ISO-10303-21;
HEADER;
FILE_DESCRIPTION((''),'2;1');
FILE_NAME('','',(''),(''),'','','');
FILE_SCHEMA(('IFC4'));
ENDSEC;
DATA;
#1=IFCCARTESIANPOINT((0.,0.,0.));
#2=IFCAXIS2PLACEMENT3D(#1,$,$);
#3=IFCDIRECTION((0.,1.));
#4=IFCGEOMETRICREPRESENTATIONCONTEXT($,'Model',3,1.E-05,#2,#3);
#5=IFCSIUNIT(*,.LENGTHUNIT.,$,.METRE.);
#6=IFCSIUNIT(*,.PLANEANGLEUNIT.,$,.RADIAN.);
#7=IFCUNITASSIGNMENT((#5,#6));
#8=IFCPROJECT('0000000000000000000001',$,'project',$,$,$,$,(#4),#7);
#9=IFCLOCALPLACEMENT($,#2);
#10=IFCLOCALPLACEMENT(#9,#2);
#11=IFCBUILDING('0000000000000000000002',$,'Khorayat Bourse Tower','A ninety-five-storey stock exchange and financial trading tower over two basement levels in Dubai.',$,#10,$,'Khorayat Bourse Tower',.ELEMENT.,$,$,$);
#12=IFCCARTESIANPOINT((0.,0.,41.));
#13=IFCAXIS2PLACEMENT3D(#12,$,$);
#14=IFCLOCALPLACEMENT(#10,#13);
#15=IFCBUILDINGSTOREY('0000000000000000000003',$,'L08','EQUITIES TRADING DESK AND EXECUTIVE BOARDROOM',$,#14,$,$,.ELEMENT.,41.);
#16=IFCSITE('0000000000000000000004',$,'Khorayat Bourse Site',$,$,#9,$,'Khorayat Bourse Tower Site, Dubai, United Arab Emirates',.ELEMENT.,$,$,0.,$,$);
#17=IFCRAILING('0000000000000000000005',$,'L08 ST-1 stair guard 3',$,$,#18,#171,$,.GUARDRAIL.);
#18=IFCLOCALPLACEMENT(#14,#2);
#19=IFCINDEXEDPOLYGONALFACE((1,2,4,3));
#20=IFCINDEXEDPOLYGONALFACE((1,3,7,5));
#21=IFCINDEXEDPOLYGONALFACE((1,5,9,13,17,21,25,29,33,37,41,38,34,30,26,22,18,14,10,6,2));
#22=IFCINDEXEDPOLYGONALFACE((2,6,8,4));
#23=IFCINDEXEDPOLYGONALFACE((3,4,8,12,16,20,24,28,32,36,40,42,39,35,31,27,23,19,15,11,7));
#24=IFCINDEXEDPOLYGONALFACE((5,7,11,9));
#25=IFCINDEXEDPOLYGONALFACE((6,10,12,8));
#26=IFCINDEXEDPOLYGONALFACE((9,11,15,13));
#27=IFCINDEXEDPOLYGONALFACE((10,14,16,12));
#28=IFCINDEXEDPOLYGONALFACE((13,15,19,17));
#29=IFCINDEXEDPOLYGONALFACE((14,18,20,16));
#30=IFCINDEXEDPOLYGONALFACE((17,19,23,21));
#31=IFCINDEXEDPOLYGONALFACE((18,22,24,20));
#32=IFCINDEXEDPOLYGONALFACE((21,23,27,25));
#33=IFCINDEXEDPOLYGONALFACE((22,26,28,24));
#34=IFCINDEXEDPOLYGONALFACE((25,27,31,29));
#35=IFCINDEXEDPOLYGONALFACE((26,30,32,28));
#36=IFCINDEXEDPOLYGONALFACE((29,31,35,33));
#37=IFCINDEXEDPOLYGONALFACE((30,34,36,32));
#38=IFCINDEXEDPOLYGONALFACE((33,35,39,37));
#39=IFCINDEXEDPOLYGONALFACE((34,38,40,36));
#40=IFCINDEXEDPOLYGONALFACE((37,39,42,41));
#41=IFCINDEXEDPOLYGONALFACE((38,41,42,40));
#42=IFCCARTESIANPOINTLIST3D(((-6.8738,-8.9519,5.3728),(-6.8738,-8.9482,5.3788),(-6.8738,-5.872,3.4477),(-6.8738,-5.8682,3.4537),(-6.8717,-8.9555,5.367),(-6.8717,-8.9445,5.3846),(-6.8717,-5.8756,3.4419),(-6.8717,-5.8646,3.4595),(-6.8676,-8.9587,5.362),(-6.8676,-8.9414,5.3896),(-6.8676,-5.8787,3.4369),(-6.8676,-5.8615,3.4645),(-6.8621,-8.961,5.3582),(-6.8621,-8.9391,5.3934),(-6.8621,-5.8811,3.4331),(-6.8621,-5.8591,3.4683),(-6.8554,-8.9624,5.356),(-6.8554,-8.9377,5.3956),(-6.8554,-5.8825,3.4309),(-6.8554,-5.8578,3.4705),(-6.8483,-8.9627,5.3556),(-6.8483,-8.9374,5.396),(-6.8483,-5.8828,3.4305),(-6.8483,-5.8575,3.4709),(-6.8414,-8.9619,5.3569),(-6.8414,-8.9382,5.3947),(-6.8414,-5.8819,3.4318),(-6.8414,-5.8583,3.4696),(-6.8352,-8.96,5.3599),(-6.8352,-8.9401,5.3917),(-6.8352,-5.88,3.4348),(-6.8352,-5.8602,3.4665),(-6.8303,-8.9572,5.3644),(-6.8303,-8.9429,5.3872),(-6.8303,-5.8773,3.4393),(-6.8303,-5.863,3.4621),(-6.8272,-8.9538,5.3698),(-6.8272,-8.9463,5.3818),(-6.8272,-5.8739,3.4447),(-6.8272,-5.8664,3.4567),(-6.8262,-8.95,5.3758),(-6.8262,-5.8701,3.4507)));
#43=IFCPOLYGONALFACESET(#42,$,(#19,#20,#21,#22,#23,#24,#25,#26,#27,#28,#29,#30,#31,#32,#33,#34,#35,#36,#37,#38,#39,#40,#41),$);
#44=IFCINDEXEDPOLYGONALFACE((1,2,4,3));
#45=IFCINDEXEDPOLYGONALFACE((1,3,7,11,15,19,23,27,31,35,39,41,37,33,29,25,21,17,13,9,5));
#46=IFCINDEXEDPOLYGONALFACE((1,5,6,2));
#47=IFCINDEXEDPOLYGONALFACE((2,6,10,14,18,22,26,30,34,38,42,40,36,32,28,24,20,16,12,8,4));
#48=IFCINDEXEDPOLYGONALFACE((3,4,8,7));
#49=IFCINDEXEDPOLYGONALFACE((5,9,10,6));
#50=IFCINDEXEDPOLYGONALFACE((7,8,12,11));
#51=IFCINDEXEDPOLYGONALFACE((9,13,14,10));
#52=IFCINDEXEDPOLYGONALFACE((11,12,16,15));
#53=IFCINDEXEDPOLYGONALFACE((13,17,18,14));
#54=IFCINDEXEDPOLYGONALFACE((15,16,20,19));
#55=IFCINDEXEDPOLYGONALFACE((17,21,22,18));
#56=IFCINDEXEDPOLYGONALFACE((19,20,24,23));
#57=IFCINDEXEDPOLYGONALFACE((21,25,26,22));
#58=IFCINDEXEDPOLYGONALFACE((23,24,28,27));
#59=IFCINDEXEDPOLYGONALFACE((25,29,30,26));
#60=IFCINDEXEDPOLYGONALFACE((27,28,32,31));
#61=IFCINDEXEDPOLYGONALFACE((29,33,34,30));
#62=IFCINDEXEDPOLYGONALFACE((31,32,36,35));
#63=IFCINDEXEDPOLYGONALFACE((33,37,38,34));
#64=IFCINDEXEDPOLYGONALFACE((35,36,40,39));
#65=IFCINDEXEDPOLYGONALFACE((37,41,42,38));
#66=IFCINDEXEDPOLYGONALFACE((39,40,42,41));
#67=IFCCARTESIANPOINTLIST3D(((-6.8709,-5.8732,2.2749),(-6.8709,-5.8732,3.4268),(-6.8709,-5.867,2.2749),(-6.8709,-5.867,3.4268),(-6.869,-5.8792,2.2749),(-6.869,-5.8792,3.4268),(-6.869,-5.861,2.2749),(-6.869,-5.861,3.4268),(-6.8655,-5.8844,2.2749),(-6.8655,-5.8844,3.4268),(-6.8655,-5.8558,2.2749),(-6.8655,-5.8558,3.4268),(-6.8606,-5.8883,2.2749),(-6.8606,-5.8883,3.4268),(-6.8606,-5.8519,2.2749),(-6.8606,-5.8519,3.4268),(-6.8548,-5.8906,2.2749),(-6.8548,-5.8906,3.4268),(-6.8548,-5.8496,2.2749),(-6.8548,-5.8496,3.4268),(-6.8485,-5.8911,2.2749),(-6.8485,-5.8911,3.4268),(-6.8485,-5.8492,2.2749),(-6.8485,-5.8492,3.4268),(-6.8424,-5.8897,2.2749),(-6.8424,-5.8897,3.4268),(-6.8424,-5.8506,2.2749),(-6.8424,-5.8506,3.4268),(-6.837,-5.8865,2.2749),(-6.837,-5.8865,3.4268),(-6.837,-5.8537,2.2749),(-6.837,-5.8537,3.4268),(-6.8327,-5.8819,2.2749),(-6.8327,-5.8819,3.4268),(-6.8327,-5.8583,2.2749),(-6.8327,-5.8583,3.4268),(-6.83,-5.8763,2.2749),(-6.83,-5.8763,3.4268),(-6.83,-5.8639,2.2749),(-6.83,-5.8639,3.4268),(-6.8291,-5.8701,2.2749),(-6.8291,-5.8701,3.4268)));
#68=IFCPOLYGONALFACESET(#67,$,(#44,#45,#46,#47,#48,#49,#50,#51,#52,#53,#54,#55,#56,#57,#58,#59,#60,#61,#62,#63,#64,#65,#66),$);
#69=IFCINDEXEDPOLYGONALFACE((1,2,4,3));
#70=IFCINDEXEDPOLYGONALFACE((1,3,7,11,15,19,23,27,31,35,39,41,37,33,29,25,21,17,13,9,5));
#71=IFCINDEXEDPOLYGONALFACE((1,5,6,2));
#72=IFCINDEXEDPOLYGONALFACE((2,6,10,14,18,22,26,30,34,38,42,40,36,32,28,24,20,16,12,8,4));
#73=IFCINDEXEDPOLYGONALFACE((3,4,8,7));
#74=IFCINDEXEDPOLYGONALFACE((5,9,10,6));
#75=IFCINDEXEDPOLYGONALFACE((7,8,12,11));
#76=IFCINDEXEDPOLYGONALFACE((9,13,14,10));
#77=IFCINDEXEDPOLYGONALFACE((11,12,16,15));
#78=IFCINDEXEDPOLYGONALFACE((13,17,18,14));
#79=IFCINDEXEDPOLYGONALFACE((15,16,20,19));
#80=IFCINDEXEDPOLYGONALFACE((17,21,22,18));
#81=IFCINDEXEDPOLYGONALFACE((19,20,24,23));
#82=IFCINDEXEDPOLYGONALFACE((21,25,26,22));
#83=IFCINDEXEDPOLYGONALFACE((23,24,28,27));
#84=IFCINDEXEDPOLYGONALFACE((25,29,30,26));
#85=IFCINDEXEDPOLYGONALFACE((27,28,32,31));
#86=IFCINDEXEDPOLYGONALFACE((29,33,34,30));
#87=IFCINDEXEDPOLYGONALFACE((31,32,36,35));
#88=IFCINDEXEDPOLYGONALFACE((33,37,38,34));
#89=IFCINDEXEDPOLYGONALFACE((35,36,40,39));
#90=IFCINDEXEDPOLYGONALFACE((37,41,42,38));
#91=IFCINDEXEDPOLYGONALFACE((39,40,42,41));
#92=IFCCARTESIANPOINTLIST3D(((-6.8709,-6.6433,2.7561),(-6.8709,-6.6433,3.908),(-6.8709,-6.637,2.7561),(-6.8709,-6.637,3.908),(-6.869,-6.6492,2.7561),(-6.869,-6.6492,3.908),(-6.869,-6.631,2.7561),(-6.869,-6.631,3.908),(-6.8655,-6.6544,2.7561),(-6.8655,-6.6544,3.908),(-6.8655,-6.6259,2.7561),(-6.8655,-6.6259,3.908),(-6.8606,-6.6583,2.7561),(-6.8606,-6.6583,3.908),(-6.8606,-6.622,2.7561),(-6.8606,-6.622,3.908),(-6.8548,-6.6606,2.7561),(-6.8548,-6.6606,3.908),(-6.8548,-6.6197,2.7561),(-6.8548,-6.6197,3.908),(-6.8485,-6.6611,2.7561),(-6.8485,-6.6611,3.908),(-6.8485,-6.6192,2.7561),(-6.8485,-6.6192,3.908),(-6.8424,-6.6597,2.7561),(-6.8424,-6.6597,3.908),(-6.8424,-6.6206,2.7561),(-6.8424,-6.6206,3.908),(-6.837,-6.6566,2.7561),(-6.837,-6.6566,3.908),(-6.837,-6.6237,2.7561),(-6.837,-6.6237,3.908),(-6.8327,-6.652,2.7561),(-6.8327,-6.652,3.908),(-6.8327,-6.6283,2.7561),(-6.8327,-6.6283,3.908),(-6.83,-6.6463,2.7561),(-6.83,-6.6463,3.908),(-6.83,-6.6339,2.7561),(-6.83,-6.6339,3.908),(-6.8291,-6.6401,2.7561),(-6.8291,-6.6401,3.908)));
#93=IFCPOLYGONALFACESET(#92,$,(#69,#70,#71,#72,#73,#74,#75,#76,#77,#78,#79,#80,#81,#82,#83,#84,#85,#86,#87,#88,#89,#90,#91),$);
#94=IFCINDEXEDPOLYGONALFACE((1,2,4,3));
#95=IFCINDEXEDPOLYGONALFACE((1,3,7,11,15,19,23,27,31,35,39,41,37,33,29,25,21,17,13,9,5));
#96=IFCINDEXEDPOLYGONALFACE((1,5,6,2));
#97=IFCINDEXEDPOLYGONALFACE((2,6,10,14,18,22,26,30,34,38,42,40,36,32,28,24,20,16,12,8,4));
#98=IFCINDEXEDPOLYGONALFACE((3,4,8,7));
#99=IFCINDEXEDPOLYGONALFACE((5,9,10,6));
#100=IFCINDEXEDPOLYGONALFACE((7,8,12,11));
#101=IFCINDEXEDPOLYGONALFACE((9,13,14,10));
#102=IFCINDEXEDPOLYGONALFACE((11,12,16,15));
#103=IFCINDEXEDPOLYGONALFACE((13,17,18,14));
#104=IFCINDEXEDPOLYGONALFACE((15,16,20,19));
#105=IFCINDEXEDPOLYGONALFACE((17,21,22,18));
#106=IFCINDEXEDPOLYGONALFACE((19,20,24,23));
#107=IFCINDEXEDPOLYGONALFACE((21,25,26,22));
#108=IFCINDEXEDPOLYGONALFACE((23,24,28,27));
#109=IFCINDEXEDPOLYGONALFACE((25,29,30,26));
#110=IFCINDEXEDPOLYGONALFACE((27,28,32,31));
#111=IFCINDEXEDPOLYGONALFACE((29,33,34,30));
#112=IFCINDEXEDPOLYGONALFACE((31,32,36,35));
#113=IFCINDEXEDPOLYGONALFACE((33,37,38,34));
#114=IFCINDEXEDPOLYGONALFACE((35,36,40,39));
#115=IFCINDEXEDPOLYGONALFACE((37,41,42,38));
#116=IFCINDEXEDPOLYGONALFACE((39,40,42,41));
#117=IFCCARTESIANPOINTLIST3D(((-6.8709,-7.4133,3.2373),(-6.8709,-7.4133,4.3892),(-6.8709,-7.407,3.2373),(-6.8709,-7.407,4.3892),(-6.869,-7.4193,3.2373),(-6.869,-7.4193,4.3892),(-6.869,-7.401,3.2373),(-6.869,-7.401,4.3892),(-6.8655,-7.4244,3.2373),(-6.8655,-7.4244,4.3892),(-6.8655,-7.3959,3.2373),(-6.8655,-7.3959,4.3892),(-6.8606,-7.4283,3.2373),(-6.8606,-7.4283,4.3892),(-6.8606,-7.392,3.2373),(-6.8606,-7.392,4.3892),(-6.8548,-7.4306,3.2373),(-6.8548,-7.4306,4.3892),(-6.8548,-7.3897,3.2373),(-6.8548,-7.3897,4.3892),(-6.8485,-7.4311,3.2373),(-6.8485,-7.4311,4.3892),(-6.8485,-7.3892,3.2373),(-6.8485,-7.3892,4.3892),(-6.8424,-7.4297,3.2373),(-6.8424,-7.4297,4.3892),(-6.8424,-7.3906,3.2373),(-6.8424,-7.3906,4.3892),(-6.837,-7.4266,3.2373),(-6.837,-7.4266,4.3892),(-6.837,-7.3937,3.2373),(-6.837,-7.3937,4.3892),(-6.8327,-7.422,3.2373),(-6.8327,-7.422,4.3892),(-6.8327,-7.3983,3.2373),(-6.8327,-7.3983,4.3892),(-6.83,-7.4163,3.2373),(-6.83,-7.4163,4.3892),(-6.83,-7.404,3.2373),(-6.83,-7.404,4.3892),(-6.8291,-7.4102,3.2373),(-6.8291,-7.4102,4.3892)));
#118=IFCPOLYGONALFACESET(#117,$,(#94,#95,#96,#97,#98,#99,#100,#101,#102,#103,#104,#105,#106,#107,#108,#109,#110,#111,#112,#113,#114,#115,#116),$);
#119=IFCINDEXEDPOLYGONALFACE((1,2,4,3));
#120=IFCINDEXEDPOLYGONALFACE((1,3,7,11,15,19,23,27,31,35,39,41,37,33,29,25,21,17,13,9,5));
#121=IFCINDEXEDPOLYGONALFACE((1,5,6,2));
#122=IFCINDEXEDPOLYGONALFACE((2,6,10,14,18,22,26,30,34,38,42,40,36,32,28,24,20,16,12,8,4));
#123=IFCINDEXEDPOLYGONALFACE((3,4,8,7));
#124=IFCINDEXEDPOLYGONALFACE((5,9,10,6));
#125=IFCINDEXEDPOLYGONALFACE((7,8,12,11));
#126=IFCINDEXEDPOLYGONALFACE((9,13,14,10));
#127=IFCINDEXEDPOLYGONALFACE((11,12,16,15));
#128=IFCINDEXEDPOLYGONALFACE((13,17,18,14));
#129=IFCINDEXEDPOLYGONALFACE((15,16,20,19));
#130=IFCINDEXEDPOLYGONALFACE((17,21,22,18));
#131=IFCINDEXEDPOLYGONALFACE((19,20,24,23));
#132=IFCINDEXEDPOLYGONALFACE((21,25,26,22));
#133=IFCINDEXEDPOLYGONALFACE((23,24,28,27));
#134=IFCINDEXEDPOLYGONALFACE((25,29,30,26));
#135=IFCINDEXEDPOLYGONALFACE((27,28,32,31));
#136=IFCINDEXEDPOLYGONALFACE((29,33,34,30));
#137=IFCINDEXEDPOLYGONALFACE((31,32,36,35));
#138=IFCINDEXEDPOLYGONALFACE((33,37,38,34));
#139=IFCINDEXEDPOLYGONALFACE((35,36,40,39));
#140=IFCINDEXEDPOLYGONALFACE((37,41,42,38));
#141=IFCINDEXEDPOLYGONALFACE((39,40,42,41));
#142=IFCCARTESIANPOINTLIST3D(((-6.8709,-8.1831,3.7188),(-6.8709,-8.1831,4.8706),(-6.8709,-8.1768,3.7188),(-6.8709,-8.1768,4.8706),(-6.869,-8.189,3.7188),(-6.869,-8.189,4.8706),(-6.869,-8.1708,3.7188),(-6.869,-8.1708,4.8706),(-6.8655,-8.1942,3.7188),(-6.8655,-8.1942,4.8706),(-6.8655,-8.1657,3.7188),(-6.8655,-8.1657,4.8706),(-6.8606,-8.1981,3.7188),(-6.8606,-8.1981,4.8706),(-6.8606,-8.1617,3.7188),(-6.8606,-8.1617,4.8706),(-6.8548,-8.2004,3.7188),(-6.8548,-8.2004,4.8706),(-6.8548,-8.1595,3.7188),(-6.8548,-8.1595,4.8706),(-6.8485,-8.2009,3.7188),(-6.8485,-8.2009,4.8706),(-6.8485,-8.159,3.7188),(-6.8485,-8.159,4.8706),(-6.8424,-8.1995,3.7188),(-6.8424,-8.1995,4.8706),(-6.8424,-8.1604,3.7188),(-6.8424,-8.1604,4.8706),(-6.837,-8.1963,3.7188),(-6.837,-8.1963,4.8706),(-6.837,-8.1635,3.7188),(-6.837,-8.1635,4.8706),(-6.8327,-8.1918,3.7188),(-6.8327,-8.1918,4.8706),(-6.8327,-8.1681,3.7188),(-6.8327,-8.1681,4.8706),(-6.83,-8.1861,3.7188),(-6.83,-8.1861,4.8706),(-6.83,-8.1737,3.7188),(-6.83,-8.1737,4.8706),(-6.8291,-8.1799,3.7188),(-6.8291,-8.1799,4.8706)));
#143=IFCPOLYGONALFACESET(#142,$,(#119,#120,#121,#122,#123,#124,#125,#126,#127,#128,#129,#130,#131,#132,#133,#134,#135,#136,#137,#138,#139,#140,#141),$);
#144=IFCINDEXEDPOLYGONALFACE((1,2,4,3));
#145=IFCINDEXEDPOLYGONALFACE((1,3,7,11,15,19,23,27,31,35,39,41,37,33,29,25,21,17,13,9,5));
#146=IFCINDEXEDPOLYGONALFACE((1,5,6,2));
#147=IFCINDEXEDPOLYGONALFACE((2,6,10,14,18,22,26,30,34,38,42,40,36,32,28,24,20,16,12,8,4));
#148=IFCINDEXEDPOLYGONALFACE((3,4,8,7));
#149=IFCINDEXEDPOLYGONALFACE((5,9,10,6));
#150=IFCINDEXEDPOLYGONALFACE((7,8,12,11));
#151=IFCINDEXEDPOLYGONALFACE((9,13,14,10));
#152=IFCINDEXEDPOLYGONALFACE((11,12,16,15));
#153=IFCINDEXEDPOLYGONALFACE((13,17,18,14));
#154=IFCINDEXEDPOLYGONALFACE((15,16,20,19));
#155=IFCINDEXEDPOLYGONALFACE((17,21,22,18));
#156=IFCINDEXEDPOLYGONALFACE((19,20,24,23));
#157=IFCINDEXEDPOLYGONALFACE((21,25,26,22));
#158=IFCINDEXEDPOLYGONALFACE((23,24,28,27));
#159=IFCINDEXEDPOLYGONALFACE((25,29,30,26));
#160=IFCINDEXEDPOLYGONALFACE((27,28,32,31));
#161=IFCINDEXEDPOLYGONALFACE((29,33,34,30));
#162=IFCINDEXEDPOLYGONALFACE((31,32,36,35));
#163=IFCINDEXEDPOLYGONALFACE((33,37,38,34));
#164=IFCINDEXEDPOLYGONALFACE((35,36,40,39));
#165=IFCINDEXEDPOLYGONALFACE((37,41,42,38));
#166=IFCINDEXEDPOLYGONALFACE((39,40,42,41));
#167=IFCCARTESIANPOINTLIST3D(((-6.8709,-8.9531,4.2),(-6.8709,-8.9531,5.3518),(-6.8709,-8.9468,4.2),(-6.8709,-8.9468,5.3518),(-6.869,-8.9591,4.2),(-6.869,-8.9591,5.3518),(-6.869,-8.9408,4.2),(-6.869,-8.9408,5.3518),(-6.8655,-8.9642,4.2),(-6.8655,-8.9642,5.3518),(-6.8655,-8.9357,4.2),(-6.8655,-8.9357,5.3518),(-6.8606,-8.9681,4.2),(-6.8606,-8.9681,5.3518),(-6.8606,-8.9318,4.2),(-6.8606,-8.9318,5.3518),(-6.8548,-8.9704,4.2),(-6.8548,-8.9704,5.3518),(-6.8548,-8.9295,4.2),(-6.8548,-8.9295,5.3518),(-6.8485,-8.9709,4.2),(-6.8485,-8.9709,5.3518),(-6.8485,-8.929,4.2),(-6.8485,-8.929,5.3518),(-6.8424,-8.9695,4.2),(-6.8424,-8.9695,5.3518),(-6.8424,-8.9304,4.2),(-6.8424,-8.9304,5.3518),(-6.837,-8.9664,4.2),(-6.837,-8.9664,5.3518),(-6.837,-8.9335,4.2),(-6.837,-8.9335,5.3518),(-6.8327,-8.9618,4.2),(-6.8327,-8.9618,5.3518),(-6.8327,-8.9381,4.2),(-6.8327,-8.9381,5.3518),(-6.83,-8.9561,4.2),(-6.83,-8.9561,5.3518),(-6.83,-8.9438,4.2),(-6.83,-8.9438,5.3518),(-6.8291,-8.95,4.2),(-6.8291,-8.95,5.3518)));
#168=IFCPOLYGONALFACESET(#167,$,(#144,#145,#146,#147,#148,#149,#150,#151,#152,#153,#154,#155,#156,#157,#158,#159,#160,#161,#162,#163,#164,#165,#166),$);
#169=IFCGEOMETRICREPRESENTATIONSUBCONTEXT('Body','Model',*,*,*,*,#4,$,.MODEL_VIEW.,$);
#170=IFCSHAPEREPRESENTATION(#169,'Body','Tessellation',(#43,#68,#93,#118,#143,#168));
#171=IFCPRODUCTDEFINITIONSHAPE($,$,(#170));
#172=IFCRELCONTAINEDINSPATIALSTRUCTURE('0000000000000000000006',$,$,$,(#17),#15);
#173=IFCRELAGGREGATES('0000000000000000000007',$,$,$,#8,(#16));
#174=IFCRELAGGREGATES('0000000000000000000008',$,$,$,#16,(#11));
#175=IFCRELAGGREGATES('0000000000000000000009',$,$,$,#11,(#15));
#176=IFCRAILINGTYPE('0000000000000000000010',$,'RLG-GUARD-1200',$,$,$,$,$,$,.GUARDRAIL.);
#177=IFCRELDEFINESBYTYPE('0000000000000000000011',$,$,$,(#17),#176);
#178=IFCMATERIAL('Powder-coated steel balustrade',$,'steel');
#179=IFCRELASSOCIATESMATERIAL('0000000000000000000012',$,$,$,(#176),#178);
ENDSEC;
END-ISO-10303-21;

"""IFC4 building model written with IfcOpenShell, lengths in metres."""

from ifc_helpers import new_model, si_unit, direction, frame, origin, origin_2d, place, context, subcontext, project, spatial, circle, extrude, source, transform, mapped, material, type_object, element, save


model = new_model("IFC4")

# Units and contexts
model_context = context("Model", 3, precision=1e-05, world=origin(), true_north=direction((0.0, 1.0)))
body_context = subcontext(model_context, "Body", "Model", "MODEL_VIEW")
ifc_project = project(units=[si_unit("LENGTHUNIT", "METRE"), si_unit("PLANEANGLEUNIT", "RADIAN")], contexts=[model_context])

# Site, building, storey
site_placement = place(None, origin())
site = spatial("IfcSite", under=ifc_project, at=site_placement, Name="Khorayat Bourse Site", LongName="Khorayat Bourse Tower Site, Dubai, United Arab Emirates", CompositionType="ELEMENT", RefElevation=0.0)
building_placement = place(site_placement, origin())
building = spatial("IfcBuilding", under=site, at=building_placement, Name="Khorayat Bourse Tower", Description="A ninety-five-storey stock exchange and financial trading tower over two basement levels in Dubai.", LongName="Khorayat Bourse Tower", CompositionType="ELEMENT")
storey_placement = place(building_placement, frame((0.0, 0.0, 41.0)))
storey = spatial("IfcBuildingStorey", under=building, at=storey_placement, Name="L08", Description="EQUITIES TRADING DESK AND EXECUTIVE BOARDROOM", CompositionType="ELEMENT", Elevation=41.0)

# Railing
ifc_material_1 = material(Name="Powder-coated steel balustrade", Category="steel")
railing_type_1 = type_object("IfcRailingType", Name="RLG-GUARD-1200", PredefinedType="GUARDRAIL", material=ifc_material_1)
shared_shape_1 = source(origin(), body_context, "Body", "SweptSolid", [
    extrude(circle(Radius=0.0239, at=origin_2d()), frame((0.0, 0.0, 1.1758), z_axis=(0.0, -0.847979, 0.530029), x_axis=(1.0, 0.0, 0.0)), (0.0, 0.0, 1.0), 3.6321),
    extrude(circle(Radius=0.021, at=origin_2d()), origin(), (0.0, 0.0, 1.0), 1.1519),
    extrude(circle(Radius=0.021, at=origin_2d()), frame((0.0, -0.77, 0.4812)), (0.0, 0.0, 1.0), 1.1519),
    extrude(circle(Radius=0.021, at=origin_2d()), frame((0.0, -1.54, 0.9624)), (0.0, 0.0, 1.0), 1.1519),
    extrude(circle(Radius=0.021, at=origin_2d()), frame((0.0, -2.3098, 1.4438)), (0.0, 0.0, 1.0), 1.1519),
    extrude(circle(Radius=0.021, at=origin_2d()), frame((0.0, -3.0798, 1.925)), (0.0, 0.0, 1.0), 1.1519),
])
railing_1_placement = place(storey_placement, frame((-6.8501, -5.8701, 2.2749)))
element("IfcRailing", 1, at=railing_1_placement, inside=storey, type_object=railing_type_1, Name="L08 ST-1 stair guard 3", PredefinedType="GUARDRAIL", context=body_context, shape_type="MappedRepresentation", body=[
    mapped(shared_shape_1, transform((0.0, 0.0, 0.0), scale=1.0)),
])

save(model, "model.ifc")
